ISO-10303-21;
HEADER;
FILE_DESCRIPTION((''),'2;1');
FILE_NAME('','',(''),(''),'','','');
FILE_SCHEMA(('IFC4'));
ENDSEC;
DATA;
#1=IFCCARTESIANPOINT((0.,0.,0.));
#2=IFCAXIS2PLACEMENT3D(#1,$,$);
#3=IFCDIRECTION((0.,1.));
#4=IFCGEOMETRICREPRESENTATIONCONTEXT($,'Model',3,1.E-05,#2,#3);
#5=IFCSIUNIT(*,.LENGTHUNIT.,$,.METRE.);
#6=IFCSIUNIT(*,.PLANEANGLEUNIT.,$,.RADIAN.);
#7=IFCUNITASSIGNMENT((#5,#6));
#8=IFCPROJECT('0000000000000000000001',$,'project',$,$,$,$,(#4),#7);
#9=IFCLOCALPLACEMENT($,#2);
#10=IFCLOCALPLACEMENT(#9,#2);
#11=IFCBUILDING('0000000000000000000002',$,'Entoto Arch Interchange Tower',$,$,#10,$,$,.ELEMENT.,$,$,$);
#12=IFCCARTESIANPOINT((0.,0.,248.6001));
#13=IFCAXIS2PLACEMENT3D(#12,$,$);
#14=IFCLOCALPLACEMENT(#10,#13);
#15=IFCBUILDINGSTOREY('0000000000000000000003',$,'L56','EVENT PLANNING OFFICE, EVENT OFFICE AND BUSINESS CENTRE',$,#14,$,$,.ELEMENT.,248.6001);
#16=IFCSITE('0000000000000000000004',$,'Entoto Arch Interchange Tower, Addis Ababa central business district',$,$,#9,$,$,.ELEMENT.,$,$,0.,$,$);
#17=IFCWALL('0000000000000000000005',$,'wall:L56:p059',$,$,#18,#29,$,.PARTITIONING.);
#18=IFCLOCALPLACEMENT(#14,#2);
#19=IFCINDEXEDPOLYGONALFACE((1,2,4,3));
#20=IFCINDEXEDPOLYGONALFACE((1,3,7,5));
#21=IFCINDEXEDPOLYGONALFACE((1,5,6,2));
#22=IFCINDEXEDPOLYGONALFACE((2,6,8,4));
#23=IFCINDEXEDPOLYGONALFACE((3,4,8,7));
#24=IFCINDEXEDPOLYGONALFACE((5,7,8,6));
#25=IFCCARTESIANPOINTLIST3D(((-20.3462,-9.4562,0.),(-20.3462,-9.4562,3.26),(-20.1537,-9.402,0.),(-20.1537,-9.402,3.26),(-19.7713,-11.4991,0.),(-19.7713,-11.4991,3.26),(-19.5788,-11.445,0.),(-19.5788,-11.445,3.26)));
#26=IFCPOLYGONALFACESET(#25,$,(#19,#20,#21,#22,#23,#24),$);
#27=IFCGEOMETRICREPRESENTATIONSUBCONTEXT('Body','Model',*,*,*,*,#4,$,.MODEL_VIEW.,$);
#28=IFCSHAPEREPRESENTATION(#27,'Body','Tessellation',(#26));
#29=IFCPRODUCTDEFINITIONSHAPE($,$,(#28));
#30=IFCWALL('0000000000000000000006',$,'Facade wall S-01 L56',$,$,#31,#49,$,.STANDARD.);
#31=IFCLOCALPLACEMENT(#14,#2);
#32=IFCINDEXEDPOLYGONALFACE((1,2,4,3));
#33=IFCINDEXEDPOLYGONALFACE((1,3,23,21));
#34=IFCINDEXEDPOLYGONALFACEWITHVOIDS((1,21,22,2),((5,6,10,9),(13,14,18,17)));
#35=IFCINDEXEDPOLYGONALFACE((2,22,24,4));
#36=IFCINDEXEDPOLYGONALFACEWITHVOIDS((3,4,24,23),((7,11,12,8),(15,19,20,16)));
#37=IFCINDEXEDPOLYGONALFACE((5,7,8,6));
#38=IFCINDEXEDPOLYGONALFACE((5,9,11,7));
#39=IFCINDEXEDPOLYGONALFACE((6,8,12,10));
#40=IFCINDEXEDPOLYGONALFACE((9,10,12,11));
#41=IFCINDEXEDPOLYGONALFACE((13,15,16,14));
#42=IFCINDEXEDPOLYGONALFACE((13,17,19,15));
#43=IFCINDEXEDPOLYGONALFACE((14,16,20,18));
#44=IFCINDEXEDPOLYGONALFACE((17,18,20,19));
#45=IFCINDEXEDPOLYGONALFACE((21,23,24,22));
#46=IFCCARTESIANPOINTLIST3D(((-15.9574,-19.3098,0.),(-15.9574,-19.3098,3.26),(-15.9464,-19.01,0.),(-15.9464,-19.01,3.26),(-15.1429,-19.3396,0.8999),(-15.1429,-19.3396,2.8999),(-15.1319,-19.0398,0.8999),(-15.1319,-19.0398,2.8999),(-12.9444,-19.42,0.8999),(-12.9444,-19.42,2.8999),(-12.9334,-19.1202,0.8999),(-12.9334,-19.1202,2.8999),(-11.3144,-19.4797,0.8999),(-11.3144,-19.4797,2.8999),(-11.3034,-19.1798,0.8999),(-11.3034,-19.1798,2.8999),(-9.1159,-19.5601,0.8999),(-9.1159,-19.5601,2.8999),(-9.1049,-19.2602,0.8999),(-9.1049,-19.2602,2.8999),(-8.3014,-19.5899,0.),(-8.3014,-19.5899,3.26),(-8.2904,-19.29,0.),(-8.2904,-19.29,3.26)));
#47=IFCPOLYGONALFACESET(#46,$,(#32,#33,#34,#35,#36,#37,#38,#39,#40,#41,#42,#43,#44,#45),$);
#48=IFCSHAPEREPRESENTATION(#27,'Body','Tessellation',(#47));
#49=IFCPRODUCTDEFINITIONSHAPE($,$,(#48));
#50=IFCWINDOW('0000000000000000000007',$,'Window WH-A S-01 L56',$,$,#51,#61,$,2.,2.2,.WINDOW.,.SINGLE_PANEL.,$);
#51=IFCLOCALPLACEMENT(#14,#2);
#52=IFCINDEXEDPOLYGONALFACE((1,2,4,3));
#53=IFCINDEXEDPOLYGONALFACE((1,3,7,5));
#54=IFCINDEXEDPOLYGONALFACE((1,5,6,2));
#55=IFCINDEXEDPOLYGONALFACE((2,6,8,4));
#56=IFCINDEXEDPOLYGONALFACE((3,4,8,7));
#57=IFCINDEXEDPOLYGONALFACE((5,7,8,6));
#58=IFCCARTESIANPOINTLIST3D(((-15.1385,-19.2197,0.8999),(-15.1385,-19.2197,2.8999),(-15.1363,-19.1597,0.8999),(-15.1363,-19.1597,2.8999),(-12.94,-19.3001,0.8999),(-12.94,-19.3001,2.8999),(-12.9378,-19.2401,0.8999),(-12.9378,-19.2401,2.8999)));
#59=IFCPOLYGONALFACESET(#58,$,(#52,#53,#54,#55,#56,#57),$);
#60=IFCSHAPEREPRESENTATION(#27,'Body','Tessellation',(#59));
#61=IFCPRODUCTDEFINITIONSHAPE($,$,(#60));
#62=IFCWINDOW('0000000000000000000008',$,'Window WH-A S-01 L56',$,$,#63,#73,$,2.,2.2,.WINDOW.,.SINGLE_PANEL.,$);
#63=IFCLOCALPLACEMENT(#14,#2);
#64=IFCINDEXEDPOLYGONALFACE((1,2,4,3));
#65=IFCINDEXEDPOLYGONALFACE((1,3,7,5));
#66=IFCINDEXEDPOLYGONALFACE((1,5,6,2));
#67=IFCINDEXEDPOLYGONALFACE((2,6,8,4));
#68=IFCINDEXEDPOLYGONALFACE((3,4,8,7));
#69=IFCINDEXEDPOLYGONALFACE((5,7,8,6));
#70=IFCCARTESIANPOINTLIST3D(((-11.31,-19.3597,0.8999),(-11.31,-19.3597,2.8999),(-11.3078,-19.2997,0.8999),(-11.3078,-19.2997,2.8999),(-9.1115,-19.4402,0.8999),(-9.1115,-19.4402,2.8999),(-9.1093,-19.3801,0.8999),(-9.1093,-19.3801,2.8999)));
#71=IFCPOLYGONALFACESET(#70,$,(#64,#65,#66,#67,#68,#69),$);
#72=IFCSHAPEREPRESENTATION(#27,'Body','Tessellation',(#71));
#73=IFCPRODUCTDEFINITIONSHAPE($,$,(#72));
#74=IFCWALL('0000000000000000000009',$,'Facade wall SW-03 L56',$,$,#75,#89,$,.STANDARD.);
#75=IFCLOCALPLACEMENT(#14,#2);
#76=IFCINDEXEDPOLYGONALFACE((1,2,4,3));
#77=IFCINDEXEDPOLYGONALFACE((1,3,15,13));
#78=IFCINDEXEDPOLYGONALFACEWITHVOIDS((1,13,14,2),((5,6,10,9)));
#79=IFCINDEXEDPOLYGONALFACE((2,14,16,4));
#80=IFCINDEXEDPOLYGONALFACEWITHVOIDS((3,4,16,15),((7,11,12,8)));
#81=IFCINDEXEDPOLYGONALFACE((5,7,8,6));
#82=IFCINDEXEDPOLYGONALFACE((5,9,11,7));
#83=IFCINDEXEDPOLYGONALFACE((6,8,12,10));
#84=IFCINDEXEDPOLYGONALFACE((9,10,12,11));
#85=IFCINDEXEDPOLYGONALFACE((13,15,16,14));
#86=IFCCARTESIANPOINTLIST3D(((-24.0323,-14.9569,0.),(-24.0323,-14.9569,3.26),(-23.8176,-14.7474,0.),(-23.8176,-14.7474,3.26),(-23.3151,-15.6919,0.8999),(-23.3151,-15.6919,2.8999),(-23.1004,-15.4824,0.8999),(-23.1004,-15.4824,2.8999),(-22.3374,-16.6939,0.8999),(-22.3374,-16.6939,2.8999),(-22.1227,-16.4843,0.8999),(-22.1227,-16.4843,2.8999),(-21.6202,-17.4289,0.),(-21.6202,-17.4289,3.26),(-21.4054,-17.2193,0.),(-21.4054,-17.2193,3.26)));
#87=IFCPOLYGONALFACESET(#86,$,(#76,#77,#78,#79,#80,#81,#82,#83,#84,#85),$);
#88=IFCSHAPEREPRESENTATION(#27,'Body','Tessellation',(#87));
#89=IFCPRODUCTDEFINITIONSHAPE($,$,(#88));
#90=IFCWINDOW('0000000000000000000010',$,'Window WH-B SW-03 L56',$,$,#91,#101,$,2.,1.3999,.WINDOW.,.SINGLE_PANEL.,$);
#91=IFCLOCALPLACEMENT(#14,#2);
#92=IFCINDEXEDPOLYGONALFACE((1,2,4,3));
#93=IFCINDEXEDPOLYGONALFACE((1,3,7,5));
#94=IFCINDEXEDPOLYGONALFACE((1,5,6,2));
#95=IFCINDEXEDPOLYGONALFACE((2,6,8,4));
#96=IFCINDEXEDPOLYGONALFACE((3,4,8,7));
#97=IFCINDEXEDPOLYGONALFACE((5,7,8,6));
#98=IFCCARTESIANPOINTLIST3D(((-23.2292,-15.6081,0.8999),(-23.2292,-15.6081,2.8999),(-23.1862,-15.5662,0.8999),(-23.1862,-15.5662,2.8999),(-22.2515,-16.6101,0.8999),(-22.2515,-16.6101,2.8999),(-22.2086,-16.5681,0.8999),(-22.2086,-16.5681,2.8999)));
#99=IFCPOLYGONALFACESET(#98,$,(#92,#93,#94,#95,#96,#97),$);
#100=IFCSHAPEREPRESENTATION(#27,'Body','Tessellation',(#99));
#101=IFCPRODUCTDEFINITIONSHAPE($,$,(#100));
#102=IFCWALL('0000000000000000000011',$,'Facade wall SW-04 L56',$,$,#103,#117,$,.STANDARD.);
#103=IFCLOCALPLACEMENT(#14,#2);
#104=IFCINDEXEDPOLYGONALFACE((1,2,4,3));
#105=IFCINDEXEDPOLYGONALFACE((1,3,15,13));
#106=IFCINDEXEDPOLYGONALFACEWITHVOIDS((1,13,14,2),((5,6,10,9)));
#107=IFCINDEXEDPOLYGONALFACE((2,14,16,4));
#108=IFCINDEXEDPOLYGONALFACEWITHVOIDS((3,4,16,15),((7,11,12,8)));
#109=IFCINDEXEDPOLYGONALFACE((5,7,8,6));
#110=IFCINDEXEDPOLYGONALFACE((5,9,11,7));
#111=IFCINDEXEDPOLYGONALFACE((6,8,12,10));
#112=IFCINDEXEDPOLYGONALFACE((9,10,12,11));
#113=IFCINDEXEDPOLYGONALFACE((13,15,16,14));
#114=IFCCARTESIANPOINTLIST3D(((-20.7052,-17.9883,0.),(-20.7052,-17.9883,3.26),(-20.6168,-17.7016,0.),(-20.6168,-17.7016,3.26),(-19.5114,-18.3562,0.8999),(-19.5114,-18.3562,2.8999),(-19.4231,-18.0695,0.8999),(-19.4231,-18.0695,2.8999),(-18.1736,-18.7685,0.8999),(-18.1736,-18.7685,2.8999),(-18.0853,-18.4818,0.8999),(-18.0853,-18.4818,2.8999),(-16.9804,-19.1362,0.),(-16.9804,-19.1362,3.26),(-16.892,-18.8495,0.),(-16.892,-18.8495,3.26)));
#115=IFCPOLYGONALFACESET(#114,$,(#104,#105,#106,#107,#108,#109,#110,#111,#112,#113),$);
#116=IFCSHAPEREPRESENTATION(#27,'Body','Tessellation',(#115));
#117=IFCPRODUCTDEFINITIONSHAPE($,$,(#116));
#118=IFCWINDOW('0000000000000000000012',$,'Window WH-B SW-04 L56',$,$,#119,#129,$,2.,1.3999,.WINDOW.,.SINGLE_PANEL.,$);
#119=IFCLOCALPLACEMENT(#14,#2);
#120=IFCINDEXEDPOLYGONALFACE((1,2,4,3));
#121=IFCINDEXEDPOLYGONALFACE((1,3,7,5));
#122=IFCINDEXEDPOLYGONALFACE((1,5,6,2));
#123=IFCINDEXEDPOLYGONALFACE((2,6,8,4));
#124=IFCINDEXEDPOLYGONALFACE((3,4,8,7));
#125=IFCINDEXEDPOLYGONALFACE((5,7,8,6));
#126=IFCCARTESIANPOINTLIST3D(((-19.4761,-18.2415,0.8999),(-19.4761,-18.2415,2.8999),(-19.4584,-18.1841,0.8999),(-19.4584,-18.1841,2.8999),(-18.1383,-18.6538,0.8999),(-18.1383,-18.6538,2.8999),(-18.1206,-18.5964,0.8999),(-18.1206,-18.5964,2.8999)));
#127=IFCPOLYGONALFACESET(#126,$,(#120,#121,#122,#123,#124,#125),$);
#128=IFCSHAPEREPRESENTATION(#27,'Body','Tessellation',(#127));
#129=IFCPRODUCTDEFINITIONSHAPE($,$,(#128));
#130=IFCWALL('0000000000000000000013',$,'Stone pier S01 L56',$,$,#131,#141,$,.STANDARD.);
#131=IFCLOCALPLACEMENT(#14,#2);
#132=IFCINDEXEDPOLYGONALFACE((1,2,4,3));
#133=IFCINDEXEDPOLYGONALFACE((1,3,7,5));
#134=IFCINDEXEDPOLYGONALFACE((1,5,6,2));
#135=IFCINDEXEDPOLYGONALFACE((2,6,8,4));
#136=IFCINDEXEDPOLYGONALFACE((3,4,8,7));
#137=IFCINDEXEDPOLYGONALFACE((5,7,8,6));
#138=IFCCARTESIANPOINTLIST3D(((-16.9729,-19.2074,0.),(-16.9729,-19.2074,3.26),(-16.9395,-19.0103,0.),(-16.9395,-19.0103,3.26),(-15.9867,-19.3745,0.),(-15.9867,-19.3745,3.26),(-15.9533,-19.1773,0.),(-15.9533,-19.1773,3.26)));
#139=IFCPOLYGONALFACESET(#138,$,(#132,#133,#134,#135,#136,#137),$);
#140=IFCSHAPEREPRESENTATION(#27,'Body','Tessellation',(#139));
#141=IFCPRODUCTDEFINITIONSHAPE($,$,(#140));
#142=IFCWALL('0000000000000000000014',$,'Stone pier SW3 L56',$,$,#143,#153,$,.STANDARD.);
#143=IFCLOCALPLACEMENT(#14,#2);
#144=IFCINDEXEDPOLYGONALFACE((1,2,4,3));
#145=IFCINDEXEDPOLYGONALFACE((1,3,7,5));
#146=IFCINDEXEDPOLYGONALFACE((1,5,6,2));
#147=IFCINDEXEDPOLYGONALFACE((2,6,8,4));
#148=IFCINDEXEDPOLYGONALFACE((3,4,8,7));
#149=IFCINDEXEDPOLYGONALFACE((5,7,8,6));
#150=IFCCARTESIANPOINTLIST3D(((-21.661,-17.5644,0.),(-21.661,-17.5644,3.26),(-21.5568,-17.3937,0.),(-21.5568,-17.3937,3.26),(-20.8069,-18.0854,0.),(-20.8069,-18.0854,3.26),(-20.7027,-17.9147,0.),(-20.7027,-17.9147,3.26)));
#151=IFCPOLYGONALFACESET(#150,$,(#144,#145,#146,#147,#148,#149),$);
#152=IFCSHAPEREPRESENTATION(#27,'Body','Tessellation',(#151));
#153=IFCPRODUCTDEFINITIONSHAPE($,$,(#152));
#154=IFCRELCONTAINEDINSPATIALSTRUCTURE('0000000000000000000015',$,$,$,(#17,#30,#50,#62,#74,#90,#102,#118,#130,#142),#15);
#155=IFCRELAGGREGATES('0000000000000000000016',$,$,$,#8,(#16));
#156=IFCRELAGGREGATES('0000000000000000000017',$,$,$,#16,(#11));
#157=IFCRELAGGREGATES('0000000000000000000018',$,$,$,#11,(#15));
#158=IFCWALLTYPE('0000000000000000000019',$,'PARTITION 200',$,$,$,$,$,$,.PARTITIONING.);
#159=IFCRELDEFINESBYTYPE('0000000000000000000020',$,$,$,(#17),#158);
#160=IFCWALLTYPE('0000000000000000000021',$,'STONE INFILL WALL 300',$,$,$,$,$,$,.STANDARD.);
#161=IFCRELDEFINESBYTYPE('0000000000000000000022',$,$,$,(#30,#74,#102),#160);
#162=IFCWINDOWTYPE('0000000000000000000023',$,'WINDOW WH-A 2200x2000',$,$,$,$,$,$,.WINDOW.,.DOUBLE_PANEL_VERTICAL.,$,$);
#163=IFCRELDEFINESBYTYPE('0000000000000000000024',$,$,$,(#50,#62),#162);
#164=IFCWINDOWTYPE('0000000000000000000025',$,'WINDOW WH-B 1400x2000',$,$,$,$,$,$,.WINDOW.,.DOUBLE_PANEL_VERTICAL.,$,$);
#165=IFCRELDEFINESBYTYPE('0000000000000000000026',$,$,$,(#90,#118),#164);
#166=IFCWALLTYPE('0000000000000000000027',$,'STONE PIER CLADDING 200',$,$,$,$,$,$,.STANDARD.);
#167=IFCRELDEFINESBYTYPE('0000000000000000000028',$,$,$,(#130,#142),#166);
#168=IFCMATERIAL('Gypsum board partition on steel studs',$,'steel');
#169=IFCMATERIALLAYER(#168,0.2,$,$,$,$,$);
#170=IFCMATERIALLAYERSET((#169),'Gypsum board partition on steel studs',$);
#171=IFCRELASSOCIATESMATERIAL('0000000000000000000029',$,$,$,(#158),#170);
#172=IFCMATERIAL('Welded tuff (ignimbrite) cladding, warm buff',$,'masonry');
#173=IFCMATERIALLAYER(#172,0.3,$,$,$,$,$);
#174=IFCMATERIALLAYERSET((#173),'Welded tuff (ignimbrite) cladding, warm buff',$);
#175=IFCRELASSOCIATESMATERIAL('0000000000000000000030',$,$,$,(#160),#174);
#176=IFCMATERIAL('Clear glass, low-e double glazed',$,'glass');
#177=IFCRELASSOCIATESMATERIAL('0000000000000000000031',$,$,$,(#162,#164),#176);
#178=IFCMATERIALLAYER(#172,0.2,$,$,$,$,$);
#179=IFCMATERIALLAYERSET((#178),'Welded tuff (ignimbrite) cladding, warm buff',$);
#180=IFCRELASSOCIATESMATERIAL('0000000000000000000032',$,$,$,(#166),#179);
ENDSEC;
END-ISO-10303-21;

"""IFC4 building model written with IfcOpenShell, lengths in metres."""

from ifc_helpers import new_model, si_unit, direction, frame, frame_2d, origin, place, context, subcontext, project, spatial, rectangle, extrude, material, layer, layer_set, type_object, element, fill, save


model = new_model("IFC4")

# Units and contexts
model_context = context("Model", 3, precision=1e-05, world=origin(), true_north=direction((0.0, 1.0)))
body_context = subcontext(model_context, "Body", "Model", "MODEL_VIEW")
ifc_project = project(units=[si_unit("LENGTHUNIT", "METRE"), si_unit("PLANEANGLEUNIT", "RADIAN")], contexts=[model_context])

# Site, building, storey
site_placement = place(None, origin())
site = spatial("IfcSite", under=ifc_project, at=site_placement, Name="Entoto Arch Interchange Tower, Addis Ababa central business district", CompositionType="ELEMENT", RefElevation=0.0)
building_placement = place(site_placement, origin())
building = spatial("IfcBuilding", under=site, at=building_placement, Name="Entoto Arch Interchange Tower", CompositionType="ELEMENT")
storey_placement = place(building_placement, frame((0.0, 0.0, 248.6001)))
storey = spatial("IfcBuildingStorey", under=building, at=storey_placement, Name="L56", Description="EVENT PLANNING OFFICE, EVENT OFFICE AND BUSINESS CENTRE", CompositionType="ELEMENT", Elevation=248.6001)

# Shared definitions
ifc_material_1 = material(Name="Gypsum board partition on steel studs", Category="steel")
ifc_layer_1 = layer(ifc_material_1, 0.2)
ifc_layer_set_1 = layer_set([ifc_layer_1], Name="Gypsum board partition on steel studs")
wall_type_1 = type_object("IfcWallType", Name="PARTITION 200", PredefinedType="PARTITIONING", material=ifc_layer_set_1)

# Wall
wall_1_placement = place(storey_placement, frame((-19.675, -11.4719, 0.0), z_axis=(0.0, 0.0, 1.0), x_axis=(-0.270905, 0.962606, 0.0)))
element("IfcWall", 1, at=wall_1_placement, inside=storey, type_object=wall_type_1, Name="wall:L56:p059", PredefinedType="PARTITIONING", context=body_context, shape_type="SweptSolid", body=[
    extrude(rectangle(XDim=2.1223, YDim=0.2, at=frame_2d((1.061, 0.0))), origin(), (0.0, 0.0, 1.0), 3.26),
])

# Wall, openings, windows
ifc_material_2 = material(Name="Welded tuff (ignimbrite) cladding, warm buff", Category="masonry")
ifc_layer_2 = layer(ifc_material_2, 0.3)
ifc_layer_set_2 = layer_set([ifc_layer_2], Name="Welded tuff (ignimbrite) cladding, warm buff")
wall_type_2 = type_object("IfcWallType", Name="STONE INFILL WALL 300", PredefinedType="STANDARD", material=ifc_layer_set_2)
wall_2_placement = place(storey_placement, frame((-15.9519, -19.1599, 0.0), z_axis=(0.0, 0.0, 1.0), x_axis=(0.999332, -0.036552, 0.0)))
wall_2 = element("IfcWall", 2, at=wall_2_placement, inside=storey, type_object=wall_type_2, Name="Facade wall S-01 L56", PredefinedType="STANDARD", context=body_context, shape_type="SweptSolid", body=[
    extrude(rectangle(XDim=7.6611, YDim=0.3, at=frame_2d((3.8306, 0.0))), origin(), (0.0, 0.0, 1.0), 3.26),
])
opening_1_placement = place(wall_2_placement, frame((0.8149, 0.0, 0.8999)))
opening_1 = element("IfcOpeningElement", 3, at=opening_1_placement, cuts=wall_2, PredefinedType="OPENING", context=body_context, shape_type="SweptSolid", body=[
    extrude(rectangle(XDim=2.2, YDim=2.0, at=frame_2d((1.1001, 1.0))), frame((0.0, 0.1602, 0.0), z_axis=(0.0, -1.0, 0.0), x_axis=(1.0, 0.0, 0.0)), (0.0, 0.0, 1.0), 0.3201),
])
opening_2_placement = place(wall_2_placement, frame((4.646, 0.0, 0.8999)))
opening_2 = element("IfcOpeningElement", 4, at=opening_2_placement, cuts=wall_2, PredefinedType="OPENING", context=body_context, shape_type="SweptSolid", body=[
    extrude(rectangle(XDim=2.2, YDim=2.0, at=frame_2d((1.1001, 1.0))), frame((0.0, 0.1602, 0.0), z_axis=(0.0, -1.0, 0.0), x_axis=(1.0, 0.0, 0.0)), (0.0, 0.0, 1.0), 0.3201),
])
ifc_material_3 = material(Name="Clear glass, low-e double glazed", Category="glass")
window_type_1 = type_object("IfcWindowType", Name="WINDOW WH-A 2200x2000", PartitioningType="DOUBLE_PANEL_VERTICAL", PredefinedType="WINDOW", material=ifc_material_3)
window_1_placement = place(opening_1_placement, origin())
window_1 = element("IfcWindow", 5, at=window_1_placement, inside=storey, type_object=window_type_1, Name="Window WH-A S-01 L56", OverallHeight=2.0, OverallWidth=2.2, PartitioningType="SINGLE_PANEL", PredefinedType="WINDOW", context=body_context, shape_type="SweptSolid", body=[
    extrude(rectangle(XDim=2.2, YDim=2.0, at=frame_2d((1.1001, 1.0))), frame((0.0, 0.03, 0.0), z_axis=(0.0, -1.0, 0.0), x_axis=(1.0, 0.0, 0.0)), (0.0, 0.0, 1.0), 0.0601),
])
fill(opening_1, window_1)
window_2_placement = place(opening_2_placement, origin())
window_2 = element("IfcWindow", 6, at=window_2_placement, inside=storey, type_object=window_type_1, Name="Window WH-A S-01 L56", OverallHeight=2.0, OverallWidth=2.2, PartitioningType="SINGLE_PANEL", PredefinedType="WINDOW", context=body_context, shape_type="SweptSolid", body=[
    extrude(rectangle(XDim=2.2, YDim=2.0, at=frame_2d((1.1001, 1.0))), frame((0.0, 0.03, 0.0), z_axis=(0.0, -1.0, 0.0), x_axis=(1.0, 0.0, 0.0)), (0.0, 0.0, 1.0), 0.0601),
])
fill(opening_2, window_2)

# Walls, openings, windows
wall_3_placement = place(storey_placement, frame((-23.925, -14.8521, 0.0), z_axis=(0.0, 0.0, 1.0), x_axis=(0.698395, -0.715713, 0.0)))
wall_3 = element("IfcWall", 7, at=wall_3_placement, inside=storey, type_object=wall_type_2, Name="Facade wall SW-03 L56", PredefinedType="STANDARD", context=body_context, shape_type="SweptSolid", body=[
    extrude(rectangle(XDim=3.4539, YDim=0.3, at=frame_2d((1.7271, 0.0))), origin(), (0.0, 0.0, 1.0), 3.26),
])
opening_3_placement = place(wall_3_placement, frame((1.0271, 0.0, 0.8999)))
opening_3 = element("IfcOpeningElement", 8, at=opening_3_placement, cuts=wall_3, PredefinedType="OPENING", context=body_context, shape_type="SweptSolid", body=[
    extrude(rectangle(XDim=1.3999, YDim=2.0, at=frame_2d((0.7, 1.0))), frame((0.0, 0.1602, 0.0), z_axis=(0.0, -1.0, 0.0), x_axis=(1.0, 0.0, 0.0)), (0.0, 0.0, 1.0), 0.3201),
])
window_type_2 = type_object("IfcWindowType", Name="WINDOW WH-B 1400x2000", PartitioningType="DOUBLE_PANEL_VERTICAL", PredefinedType="WINDOW", material=ifc_material_3)
window_3_placement = place(opening_3_placement, origin())
window_3 = element("IfcWindow", 9, at=window_3_placement, inside=storey, type_object=window_type_2, Name="Window WH-B SW-03 L56", OverallHeight=2.0, OverallWidth=1.3999, PartitioningType="SINGLE_PANEL", PredefinedType="WINDOW", context=body_context, shape_type="SweptSolid", body=[
    extrude(rectangle(XDim=1.3999, YDim=2.0, at=frame_2d((0.7, 1.0))), frame((0.0, 0.03, 0.0), z_axis=(0.0, -1.0, 0.0), x_axis=(1.0, 0.0, 0.0)), (0.0, 0.0, 1.0), 0.0601),
])
fill(opening_3, window_3)
wall_4_placement = place(storey_placement, frame((-20.6609, -17.845, 0.0), z_axis=(0.0, 0.0, 1.0), x_axis=(0.955646, -0.294517, 0.0)))
wall_4 = element("IfcWall", 10, at=wall_4_placement, inside=storey, type_object=wall_type_2, Name="Facade wall SW-04 L56", PredefinedType="STANDARD", context=body_context, shape_type="SweptSolid", body=[
    extrude(rectangle(XDim=3.8977, YDim=0.3, at=frame_2d((1.9487, 0.0))), origin(), (0.0, 0.0, 1.0), 3.26),
])
opening_4_placement = place(wall_4_placement, frame((1.249, 0.0, 0.8999)))
opening_4 = element("IfcOpeningElement", 11, at=opening_4_placement, cuts=wall_4, PredefinedType="OPENING", context=body_context, shape_type="SweptSolid", body=[
    extrude(rectangle(XDim=1.3999, YDim=2.0, at=frame_2d((0.7, 1.0))), frame((0.0, 0.1602, 0.0), z_axis=(0.0, -1.0, 0.0), x_axis=(1.0, 0.0, 0.0)), (0.0, 0.0, 1.0), 0.3201),
])
window_4_placement = place(opening_4_placement, origin())
window_4 = element("IfcWindow", 12, at=window_4_placement, inside=storey, type_object=window_type_2, Name="Window WH-B SW-04 L56", OverallHeight=2.0, OverallWidth=1.3999, PartitioningType="SINGLE_PANEL", PredefinedType="WINDOW", context=body_context, shape_type="SweptSolid", body=[
    extrude(rectangle(XDim=1.3999, YDim=2.0, at=frame_2d((0.7, 1.0))), frame((0.0, 0.03, 0.0), z_axis=(0.0, -1.0, 0.0), x_axis=(1.0, 0.0, 0.0)), (0.0, 0.0, 1.0), 0.0601),
])
fill(opening_4, window_4)

# Walls
ifc_layer_3 = layer(ifc_material_2, 0.2)
ifc_layer_set_3 = layer_set([ifc_layer_3], Name="Welded tuff (ignimbrite) cladding, warm buff")
wall_type_3 = type_object("IfcWallType", Name="STONE PIER CLADDING 200", PredefinedType="STANDARD", material=ifc_layer_set_3)
wall_5_placement = place(storey_placement, frame((-16.9561, -19.1089, 0.0), z_axis=(0.0, 0.0, 1.0), x_axis=(0.985962, -0.166971, 0.0)))
element("IfcWall", 13, at=wall_5_placement, inside=storey, type_object=wall_type_3, Name="Stone pier S01 L56", PredefinedType="STANDARD", context=body_context, shape_type="SweptSolid", body=[
    extrude(rectangle(XDim=1.0002, YDim=0.2, at=frame_2d((0.5, 0.0))), origin(), (0.0, 0.0, 1.0), 3.26),
])
wall_6_placement = place(storey_placement, frame((-21.6089, -17.479, 0.0), z_axis=(0.0, 0.0, 1.0), x_axis=(0.85368, -0.520798, 0.0)))
element("IfcWall", 14, at=wall_6_placement, inside=storey, type_object=wall_type_3, Name="Stone pier SW3 L56", PredefinedType="STANDARD", context=body_context, shape_type="SweptSolid", body=[
    extrude(rectangle(XDim=1.0005, YDim=0.2, at=frame_2d((0.5002, 0.0))), origin(), (0.0, 0.0, 1.0), 3.26),
])

save(model, "model.ifc")
